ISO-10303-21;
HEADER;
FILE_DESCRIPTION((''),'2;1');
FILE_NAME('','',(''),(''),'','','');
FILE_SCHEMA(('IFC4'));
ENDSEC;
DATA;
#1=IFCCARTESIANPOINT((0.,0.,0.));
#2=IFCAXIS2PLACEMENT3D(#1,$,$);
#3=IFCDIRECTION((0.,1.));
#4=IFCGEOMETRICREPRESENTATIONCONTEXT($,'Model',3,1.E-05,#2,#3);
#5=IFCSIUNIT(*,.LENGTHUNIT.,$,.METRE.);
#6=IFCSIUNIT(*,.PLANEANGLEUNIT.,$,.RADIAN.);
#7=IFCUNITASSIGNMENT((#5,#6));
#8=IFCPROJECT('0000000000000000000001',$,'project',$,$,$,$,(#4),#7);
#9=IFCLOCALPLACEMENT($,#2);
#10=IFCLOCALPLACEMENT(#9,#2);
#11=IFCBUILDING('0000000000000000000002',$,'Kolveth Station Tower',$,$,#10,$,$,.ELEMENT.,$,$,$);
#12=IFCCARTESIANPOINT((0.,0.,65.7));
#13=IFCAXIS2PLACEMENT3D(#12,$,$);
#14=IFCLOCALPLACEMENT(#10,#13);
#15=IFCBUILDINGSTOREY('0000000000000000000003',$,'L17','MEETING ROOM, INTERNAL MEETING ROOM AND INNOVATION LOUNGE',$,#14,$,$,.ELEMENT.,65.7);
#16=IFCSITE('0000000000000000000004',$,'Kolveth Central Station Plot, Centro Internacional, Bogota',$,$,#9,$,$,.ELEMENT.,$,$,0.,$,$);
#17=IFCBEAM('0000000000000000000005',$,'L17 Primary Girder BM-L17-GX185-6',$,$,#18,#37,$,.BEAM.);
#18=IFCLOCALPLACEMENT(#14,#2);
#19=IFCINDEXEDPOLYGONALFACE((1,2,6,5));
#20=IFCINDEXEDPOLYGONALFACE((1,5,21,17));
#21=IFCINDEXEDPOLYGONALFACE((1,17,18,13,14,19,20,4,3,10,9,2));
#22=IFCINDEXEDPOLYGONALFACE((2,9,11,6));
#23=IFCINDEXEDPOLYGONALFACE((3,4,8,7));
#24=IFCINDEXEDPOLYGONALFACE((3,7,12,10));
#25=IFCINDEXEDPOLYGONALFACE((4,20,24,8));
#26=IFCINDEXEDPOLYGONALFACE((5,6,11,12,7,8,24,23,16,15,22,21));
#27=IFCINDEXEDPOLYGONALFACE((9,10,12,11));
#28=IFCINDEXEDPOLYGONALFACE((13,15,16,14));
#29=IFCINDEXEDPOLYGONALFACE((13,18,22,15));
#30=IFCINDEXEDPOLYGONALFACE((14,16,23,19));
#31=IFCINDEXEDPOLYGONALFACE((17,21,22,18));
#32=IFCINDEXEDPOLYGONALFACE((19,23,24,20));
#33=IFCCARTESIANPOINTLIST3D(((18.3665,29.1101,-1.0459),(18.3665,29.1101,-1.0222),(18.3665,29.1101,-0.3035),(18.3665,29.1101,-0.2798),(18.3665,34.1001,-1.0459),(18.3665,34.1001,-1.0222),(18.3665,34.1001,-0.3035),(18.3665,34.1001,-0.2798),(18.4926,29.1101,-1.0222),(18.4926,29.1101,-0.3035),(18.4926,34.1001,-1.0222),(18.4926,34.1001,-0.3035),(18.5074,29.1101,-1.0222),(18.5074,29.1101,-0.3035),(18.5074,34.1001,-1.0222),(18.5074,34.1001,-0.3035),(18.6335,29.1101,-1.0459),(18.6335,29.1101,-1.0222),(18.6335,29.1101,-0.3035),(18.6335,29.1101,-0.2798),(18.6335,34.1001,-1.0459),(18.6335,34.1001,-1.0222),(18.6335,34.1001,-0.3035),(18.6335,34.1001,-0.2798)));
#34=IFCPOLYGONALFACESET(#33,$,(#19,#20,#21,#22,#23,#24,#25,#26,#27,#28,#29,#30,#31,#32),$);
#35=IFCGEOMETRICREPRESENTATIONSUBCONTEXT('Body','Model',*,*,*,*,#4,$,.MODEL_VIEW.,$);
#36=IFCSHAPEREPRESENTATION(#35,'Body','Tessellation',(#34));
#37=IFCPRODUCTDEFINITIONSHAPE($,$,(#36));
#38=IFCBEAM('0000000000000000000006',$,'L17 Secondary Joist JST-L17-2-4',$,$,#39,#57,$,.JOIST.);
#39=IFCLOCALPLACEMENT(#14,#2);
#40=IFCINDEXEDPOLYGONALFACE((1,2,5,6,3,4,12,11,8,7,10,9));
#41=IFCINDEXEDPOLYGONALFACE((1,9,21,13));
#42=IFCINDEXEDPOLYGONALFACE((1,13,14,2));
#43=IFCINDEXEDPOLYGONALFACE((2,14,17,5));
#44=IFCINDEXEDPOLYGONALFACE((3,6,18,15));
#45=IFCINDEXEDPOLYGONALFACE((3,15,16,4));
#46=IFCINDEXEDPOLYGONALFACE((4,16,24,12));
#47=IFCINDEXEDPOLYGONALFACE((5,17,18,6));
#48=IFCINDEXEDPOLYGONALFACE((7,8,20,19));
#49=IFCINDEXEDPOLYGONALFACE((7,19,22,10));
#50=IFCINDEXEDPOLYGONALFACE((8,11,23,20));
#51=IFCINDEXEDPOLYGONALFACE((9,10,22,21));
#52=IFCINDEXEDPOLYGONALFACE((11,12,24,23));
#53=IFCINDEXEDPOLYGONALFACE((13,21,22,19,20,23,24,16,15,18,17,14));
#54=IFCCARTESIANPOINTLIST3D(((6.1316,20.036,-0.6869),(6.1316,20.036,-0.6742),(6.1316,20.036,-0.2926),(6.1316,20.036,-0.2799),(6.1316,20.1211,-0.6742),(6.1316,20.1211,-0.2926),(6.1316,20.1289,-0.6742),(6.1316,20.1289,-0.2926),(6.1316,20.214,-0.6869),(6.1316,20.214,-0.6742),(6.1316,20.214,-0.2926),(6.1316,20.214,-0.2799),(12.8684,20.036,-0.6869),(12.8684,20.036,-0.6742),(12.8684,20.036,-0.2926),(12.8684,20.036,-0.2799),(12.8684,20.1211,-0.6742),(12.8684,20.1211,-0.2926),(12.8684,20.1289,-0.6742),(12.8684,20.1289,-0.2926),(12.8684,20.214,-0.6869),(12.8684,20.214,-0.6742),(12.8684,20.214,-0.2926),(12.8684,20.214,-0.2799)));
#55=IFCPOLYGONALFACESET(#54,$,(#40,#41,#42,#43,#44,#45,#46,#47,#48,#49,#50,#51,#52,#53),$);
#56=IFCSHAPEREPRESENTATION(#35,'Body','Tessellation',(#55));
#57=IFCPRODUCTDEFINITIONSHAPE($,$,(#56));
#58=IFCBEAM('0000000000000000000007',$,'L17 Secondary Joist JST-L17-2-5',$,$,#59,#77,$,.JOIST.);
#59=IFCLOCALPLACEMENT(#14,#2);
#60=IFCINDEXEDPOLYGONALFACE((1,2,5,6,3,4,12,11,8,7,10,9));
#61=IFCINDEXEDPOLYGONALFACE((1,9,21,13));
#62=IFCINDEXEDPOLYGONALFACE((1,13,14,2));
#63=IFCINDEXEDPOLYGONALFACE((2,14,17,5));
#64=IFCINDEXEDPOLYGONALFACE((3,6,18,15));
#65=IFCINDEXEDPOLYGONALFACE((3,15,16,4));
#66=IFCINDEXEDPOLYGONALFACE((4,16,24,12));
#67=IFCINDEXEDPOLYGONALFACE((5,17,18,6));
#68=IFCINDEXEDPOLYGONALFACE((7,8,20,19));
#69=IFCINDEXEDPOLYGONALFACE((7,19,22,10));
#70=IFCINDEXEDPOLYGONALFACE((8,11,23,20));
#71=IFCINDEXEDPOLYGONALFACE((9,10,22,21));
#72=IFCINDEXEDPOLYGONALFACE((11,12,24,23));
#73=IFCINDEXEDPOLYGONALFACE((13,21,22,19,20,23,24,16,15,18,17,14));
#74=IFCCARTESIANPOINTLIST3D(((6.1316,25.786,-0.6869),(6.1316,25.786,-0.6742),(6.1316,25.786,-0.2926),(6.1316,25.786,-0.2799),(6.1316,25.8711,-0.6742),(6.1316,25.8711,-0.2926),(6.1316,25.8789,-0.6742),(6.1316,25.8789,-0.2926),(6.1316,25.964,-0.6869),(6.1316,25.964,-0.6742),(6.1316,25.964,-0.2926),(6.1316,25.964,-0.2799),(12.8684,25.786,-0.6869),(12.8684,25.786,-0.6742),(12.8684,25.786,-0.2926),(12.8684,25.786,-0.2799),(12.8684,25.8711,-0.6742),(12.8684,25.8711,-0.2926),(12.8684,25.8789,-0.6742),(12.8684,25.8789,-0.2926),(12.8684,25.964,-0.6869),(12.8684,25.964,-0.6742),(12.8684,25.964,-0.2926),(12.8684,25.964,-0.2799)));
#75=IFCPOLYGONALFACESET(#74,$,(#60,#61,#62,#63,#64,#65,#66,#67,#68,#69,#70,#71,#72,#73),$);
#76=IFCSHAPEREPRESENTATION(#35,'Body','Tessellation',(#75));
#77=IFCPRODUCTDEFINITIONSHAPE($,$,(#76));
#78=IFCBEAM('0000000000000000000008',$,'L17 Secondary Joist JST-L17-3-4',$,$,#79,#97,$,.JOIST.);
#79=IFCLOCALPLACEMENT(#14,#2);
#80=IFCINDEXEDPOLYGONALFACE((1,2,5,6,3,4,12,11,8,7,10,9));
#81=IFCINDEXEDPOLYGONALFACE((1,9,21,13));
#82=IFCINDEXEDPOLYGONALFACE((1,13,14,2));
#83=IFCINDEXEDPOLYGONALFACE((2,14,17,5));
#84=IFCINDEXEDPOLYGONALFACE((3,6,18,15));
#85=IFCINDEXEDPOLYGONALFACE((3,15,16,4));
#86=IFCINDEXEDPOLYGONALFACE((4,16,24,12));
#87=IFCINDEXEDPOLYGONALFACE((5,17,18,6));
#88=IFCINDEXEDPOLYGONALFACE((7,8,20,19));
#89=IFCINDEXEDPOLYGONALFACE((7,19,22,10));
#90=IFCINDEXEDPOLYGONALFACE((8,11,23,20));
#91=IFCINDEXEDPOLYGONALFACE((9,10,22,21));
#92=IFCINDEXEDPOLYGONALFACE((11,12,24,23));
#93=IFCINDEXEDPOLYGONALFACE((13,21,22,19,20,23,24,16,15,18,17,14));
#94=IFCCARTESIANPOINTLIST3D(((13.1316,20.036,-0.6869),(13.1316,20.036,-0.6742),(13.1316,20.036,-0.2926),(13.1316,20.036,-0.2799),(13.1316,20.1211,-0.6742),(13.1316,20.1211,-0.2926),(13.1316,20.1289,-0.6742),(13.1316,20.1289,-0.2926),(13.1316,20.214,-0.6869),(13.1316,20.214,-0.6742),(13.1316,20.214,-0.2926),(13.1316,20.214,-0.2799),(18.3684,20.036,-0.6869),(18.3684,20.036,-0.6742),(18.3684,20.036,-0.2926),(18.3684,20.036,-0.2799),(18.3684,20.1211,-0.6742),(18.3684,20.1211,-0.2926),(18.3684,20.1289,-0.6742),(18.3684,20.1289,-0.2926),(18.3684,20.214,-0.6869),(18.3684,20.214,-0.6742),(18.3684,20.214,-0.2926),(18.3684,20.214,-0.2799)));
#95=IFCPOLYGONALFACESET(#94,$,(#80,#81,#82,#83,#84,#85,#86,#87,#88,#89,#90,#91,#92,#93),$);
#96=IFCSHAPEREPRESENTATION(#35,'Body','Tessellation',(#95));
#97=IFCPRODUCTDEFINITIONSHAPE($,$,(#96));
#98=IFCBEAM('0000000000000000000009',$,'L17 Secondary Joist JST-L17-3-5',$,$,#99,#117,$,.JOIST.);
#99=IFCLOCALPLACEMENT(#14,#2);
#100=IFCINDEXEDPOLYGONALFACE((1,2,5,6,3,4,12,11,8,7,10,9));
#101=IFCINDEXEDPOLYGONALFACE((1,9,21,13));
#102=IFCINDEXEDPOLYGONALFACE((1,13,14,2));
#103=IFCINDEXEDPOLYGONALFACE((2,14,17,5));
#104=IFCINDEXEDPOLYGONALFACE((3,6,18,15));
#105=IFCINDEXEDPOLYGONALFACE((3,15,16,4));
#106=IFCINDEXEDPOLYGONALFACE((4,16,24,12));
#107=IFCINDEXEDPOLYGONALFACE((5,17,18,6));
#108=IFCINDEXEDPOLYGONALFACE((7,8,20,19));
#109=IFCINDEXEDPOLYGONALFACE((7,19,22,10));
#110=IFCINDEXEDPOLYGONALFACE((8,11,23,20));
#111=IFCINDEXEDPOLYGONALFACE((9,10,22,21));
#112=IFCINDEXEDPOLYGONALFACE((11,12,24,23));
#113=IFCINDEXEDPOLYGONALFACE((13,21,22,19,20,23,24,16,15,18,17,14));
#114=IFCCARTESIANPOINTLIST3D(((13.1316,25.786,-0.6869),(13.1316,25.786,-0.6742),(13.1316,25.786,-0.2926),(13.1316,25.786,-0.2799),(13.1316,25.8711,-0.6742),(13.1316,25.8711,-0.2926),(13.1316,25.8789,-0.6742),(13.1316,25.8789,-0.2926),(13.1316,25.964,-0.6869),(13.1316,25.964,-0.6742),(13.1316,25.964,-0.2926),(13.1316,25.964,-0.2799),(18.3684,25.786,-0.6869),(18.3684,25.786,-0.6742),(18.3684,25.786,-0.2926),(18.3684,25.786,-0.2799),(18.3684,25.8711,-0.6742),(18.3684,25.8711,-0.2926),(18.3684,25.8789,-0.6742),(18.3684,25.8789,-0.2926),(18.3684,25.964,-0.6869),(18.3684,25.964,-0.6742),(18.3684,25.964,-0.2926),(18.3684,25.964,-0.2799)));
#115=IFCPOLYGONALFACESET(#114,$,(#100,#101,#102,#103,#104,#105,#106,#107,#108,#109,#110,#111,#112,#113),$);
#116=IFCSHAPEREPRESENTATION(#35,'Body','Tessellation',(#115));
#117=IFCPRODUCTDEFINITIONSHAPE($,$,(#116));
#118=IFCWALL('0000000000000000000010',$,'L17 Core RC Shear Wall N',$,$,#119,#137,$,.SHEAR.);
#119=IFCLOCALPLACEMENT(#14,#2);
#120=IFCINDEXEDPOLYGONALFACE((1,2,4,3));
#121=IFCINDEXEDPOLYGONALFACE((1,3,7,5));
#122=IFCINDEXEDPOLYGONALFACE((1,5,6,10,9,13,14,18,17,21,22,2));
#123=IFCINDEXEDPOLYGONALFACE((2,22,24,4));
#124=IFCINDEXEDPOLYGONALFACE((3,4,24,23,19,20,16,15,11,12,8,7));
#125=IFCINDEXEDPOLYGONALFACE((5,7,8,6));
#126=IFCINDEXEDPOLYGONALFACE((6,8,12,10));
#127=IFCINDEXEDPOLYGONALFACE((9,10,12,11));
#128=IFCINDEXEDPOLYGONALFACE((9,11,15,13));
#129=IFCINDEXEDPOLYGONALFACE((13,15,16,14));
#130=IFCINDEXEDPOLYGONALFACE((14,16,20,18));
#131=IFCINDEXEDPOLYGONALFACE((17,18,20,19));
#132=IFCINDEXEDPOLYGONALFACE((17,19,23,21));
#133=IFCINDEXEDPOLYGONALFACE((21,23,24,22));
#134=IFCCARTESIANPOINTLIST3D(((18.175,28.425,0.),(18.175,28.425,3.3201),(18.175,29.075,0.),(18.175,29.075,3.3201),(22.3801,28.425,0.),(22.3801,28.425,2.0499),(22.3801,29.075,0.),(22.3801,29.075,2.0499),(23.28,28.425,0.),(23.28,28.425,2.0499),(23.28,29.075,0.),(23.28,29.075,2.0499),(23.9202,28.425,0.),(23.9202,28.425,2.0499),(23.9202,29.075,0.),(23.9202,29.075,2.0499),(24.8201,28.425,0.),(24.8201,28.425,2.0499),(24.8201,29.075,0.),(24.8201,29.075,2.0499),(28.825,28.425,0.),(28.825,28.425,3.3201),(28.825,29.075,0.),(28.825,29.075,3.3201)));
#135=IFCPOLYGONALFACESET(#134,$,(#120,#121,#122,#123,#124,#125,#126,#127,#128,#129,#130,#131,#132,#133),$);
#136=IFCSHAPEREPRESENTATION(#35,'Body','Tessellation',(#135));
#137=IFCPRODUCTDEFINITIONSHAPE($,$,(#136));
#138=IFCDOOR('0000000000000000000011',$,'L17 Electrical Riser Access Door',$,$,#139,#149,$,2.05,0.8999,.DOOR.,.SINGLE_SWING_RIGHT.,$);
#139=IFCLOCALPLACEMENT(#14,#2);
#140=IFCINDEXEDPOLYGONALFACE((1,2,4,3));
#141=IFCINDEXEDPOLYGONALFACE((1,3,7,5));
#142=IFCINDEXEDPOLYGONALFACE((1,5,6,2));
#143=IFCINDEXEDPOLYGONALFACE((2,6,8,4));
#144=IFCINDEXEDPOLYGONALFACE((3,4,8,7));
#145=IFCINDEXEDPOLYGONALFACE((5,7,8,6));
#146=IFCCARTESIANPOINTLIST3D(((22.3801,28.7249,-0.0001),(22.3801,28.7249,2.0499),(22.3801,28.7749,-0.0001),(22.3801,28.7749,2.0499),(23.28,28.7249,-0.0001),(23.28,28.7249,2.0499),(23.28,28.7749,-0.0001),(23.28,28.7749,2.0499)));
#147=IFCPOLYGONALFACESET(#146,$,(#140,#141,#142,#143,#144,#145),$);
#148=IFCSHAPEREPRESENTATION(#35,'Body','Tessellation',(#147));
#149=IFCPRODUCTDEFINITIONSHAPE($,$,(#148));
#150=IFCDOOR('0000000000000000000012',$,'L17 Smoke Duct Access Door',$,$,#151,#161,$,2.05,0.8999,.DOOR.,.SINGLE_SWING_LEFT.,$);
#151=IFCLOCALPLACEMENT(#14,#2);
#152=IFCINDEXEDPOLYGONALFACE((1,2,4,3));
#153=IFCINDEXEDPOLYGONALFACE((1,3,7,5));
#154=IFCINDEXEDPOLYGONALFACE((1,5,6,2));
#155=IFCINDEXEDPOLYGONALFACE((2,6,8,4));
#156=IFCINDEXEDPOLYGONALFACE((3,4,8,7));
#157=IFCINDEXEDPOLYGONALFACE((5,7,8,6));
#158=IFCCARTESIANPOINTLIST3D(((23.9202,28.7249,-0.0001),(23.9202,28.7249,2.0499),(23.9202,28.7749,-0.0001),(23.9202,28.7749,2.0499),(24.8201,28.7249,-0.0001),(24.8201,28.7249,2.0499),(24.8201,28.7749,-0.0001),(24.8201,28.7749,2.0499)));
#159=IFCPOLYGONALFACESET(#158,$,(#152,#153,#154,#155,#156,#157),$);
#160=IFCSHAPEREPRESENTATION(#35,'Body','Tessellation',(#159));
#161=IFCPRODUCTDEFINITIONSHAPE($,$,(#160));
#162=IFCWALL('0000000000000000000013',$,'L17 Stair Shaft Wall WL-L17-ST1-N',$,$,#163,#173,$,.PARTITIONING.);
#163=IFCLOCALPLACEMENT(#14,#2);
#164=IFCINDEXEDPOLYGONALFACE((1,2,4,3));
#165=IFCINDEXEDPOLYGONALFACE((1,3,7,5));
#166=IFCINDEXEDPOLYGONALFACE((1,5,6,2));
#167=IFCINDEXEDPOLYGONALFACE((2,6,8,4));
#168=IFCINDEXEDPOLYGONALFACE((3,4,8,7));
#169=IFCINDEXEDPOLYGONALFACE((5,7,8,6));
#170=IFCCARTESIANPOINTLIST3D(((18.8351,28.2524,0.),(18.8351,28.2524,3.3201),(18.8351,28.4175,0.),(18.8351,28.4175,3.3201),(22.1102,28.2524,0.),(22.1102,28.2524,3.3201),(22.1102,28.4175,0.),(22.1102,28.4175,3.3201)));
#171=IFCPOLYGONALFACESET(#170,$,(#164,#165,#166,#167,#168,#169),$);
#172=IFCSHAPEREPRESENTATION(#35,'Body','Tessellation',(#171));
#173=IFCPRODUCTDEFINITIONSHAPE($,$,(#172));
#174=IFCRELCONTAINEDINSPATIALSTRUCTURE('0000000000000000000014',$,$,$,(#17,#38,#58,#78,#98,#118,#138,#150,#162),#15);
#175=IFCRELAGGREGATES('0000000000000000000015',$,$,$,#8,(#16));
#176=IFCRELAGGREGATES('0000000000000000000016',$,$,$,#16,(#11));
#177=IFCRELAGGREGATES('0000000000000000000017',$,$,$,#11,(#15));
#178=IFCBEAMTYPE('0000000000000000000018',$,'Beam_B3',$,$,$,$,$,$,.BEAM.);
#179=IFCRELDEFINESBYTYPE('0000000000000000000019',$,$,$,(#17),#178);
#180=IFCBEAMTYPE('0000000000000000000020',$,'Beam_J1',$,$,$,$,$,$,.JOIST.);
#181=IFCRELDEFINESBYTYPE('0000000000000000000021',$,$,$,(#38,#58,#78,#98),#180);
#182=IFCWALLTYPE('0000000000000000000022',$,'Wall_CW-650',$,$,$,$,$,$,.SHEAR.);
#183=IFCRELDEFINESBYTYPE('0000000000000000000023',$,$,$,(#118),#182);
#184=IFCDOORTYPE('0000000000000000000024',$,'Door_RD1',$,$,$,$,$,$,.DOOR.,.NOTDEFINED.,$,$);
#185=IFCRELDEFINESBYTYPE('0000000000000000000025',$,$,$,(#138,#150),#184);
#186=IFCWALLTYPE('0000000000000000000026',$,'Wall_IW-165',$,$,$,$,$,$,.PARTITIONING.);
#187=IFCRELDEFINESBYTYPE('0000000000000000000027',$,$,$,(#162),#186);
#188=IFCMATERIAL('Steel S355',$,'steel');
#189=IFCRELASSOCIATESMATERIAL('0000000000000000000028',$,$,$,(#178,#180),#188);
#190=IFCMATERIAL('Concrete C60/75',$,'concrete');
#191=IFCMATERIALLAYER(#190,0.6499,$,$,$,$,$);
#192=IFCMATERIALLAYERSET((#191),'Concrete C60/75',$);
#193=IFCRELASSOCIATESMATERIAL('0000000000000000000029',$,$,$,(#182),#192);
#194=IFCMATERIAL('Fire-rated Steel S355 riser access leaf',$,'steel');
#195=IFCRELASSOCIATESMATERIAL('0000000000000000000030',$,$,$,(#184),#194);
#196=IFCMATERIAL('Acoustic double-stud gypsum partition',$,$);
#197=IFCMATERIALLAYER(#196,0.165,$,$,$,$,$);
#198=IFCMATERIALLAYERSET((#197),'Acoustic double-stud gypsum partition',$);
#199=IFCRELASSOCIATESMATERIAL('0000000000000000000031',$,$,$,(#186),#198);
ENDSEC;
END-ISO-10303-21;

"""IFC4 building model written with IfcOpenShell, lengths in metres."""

from ifc_helpers import new_model, si_unit, direction, frame, frame_2d, origin, origin_2d, place, context, subcontext, project, spatial, rectangle, i_section, extrude, source, transform, mapped, material, layer, layer_set, material_profile, profile_set, type_object, element, fill, save


model = new_model("IFC4")

# Units and contexts
model_context = context("Model", 3, precision=1e-05, world=origin(), true_north=direction((0.0, 1.0)))
body_context = subcontext(model_context, "Body", "Model", "MODEL_VIEW")
ifc_project = project(units=[si_unit("LENGTHUNIT", "METRE"), si_unit("PLANEANGLEUNIT", "RADIAN")], contexts=[model_context])

# Site, building, storey
site_placement = place(None, origin())
site = spatial("IfcSite", under=ifc_project, at=site_placement, Name="Kolveth Central Station Plot, Centro Internacional, Bogota", CompositionType="ELEMENT", RefElevation=0.0)
building_placement = place(site_placement, origin())
building = spatial("IfcBuilding", under=site, at=building_placement, Name="Kolveth Station Tower", CompositionType="ELEMENT")
storey_placement = place(building_placement, frame((0.0, 0.0, 65.7)))
storey = spatial("IfcBuildingStorey", under=building, at=storey_placement, Name="L17", Description="MEETING ROOM, INTERNAL MEETING ROOM AND INNOVATION LOUNGE", CompositionType="ELEMENT", Elevation=65.7)

# Beams
ifc_material_1 = material(Name="Steel S355", Category="steel")
ifc_material_profile_1 = material_profile(ifc_material_1, i_section(OverallWidth=0.2671, OverallDepth=0.7661, WebThickness=0.0149, FlangeThickness=0.0237, at=origin_2d()), Name="W760x185")
ifc_profile_set_1 = profile_set([ifc_material_profile_1], Name="Steel S355")
beam_type_1 = type_object("IfcBeamType", Name="Beam_B3", PredefinedType="BEAM", material=ifc_profile_set_1)
shared_shape_1 = source(origin(), body_context, "Body", "SweptSolid", [
    extrude(i_section(OverallWidth=0.2671, OverallDepth=0.7661, WebThickness=0.0149, FlangeThickness=0.0237, at=origin_2d()), origin(), (0.0, 0.0, 1.0), 4.99),
])
beam_1_placement = place(storey_placement, frame((18.5, 29.1101, -0.6628), z_axis=(0.0, 1.0, 0.0), x_axis=(-1.0, 0.0, 0.0)))
element("IfcBeam", 1, at=beam_1_placement, inside=storey, type_object=beam_type_1, Name="L17 Primary Girder BM-L17-GX185-6", PredefinedType="BEAM", context=body_context, shape_type="MappedRepresentation", body=[
    mapped(shared_shape_1, transform((0.0, 0.0, 0.0), x_axis=(1.0, 0.0, 0.0), y_axis=(0.0, 1.0, 0.0), z_axis=(0.0, 0.0, 1.0), scale=1.0)),
])
ifc_material_profile_2 = material_profile(ifc_material_1, i_section(OverallWidth=0.178, OverallDepth=0.407, WebThickness=0.0078, FlangeThickness=0.0127, at=origin_2d()), Name="W410x60")
ifc_profile_set_2 = profile_set([ifc_material_profile_2], Name="Steel S355")
beam_type_2 = type_object("IfcBeamType", Name="Beam_J1", PredefinedType="JOIST", material=ifc_profile_set_2)
shared_shape_2 = source(origin(), body_context, "Body", "SweptSolid", [
    extrude(i_section(OverallWidth=0.178, OverallDepth=0.407, WebThickness=0.0078, FlangeThickness=0.0127, at=origin_2d()), origin(), (0.0, 0.0, 1.0), 6.7368),
])
for number, where, z_axis, x_axis, name in (
    (2, (6.1316, 20.125, -0.4834), (1.0, 0.0, 0.0), (0.0, 1.0, 0.0), "L17 Secondary Joist JST-L17-2-4"),
    (3, (6.1316, 25.875, -0.4834), (1.0, 0.0, 0.0), (0.0, 1.0, 0.0), "L17 Secondary Joist JST-L17-2-5"),
):
    element("IfcBeam", number, at=place(storey_placement, frame(where, z_axis=z_axis, x_axis=x_axis)), inside=storey, type_object=beam_type_2, Name=name, PredefinedType="JOIST", context=body_context, shape_type="MappedRepresentation", body=[
        mapped(shared_shape_2, transform((0.0, 0.0, 0.0), x_axis=(1.0, 0.0, 0.0), y_axis=(0.0, 1.0, 0.0), z_axis=(0.0, 0.0, 1.0), scale=1.0)),
    ])
shared_shape_3 = source(origin(), body_context, "Body", "SweptSolid", [
    extrude(i_section(OverallWidth=0.178, OverallDepth=0.407, WebThickness=0.0078, FlangeThickness=0.0127, at=origin_2d()), origin(), (0.0, 0.0, 1.0), 5.2368),
])
for number, where, z_axis, x_axis, name in (
    (4, (13.1316, 20.125, -0.4834), (1.0, 0.0, 0.0), (0.0, 1.0, 0.0), "L17 Secondary Joist JST-L17-3-4"),
    (5, (13.1316, 25.875, -0.4834), (1.0, 0.0, 0.0), (0.0, 1.0, 0.0), "L17 Secondary Joist JST-L17-3-5"),
):
    element("IfcBeam", number, at=place(storey_placement, frame(where, z_axis=z_axis, x_axis=x_axis)), inside=storey, type_object=beam_type_2, Name=name, PredefinedType="JOIST", context=body_context, shape_type="MappedRepresentation", body=[
        mapped(shared_shape_3, transform((0.0, 0.0, 0.0), x_axis=(1.0, 0.0, 0.0), y_axis=(0.0, 1.0, 0.0), z_axis=(0.0, 0.0, 1.0), scale=1.0)),
    ])

# Wall, openings, doors
ifc_material_2 = material(Name="Concrete C60/75", Category="concrete")
ifc_layer_1 = layer(ifc_material_2, 0.6499)
ifc_layer_set_1 = layer_set([ifc_layer_1], Name="Concrete C60/75")
wall_type_1 = type_object("IfcWallType", Name="Wall_CW-650", PredefinedType="SHEAR", material=ifc_layer_set_1)
wall_1_placement = place(storey_placement, frame((18.175, 28.75, 0.0), z_axis=(0.0, 0.0, 1.0), x_axis=(1.0, 0.0, 0.0)))
wall_1 = element("IfcWall", 6, at=wall_1_placement, inside=storey, type_object=wall_type_1, Name="L17 Core RC Shear Wall N", PredefinedType="SHEAR", context=body_context, shape_type="SweptSolid", body=[
    extrude(rectangle(XDim=10.6499, YDim=0.6499, at=frame_2d((5.325, 0.0))), origin(), (0.0, 0.0, 1.0), 3.3201),
])
opening_1_placement = place(wall_1_placement, frame((4.2051, 0.0, 0.0)))
opening_1 = element("IfcOpeningElement", 7, at=opening_1_placement, cuts=wall_1, PredefinedType="OPENING", context=body_context, shape_type="SweptSolid", body=[
    extrude(rectangle(XDim=0.8999, YDim=2.05, at=frame_2d((0.45, 1.0249))), frame((0.0, 0.335, 0.0), z_axis=(0.0, -1.0, 0.0), x_axis=(1.0, 0.0, 0.0)), (0.0, 0.0, 1.0), 0.6699),
])
opening_2_placement = place(wall_1_placement, frame((5.7451, 0.0, 0.0)))
opening_2 = element("IfcOpeningElement", 8, at=opening_2_placement, cuts=wall_1, PredefinedType="OPENING", context=body_context, shape_type="SweptSolid", body=[
    extrude(rectangle(XDim=0.8999, YDim=2.05, at=frame_2d((0.45, 1.0249))), frame((0.0, 0.335, 0.0), z_axis=(0.0, -1.0, 0.0), x_axis=(1.0, 0.0, 0.0)), (0.0, 0.0, 1.0), 0.6699),
])
ifc_material_3 = material(Name="Fire-rated Steel S355 riser access leaf", Category="steel")
door_type_1 = type_object("IfcDoorType", Name="Door_RD1", OperationType="NOTDEFINED", PredefinedType="DOOR", material=ifc_material_3)
door_1_placement = place(opening_1_placement, origin())
door_1 = element("IfcDoor", 9, at=door_1_placement, inside=storey, type_object=door_type_1, Name="L17 Electrical Riser Access Door", OperationType="SINGLE_SWING_RIGHT", OverallHeight=2.05, OverallWidth=0.8999, PredefinedType="DOOR", context=body_context, shape_type="SweptSolid", body=[
    extrude(rectangle(XDim=0.8999, YDim=2.05, at=frame_2d((0.45, 1.0249))), frame((0.0, 0.0249, 0.0), z_axis=(0.0, -1.0, 0.0), x_axis=(1.0, 0.0, 0.0)), (0.0, 0.0, 1.0), 0.05),
])
fill(opening_1, door_1)
door_2_placement = place(opening_2_placement, origin())
door_2 = element("IfcDoor", 10, at=door_2_placement, inside=storey, type_object=door_type_1, Name="L17 Smoke Duct Access Door", OperationType="SINGLE_SWING_LEFT", OverallHeight=2.05, OverallWidth=0.8999, PredefinedType="DOOR", context=body_context, shape_type="SweptSolid", body=[
    extrude(rectangle(XDim=0.8999, YDim=2.05, at=frame_2d((0.45, 1.0249))), frame((0.0, 0.0249, 0.0), z_axis=(0.0, -1.0, 0.0), x_axis=(1.0, 0.0, 0.0)), (0.0, 0.0, 1.0), 0.05),
])
fill(opening_2, door_2)

# Wall
ifc_material_4 = material(Name="Acoustic double-stud gypsum partition")
ifc_layer_2 = layer(ifc_material_4, 0.165)
ifc_layer_set_2 = layer_set([ifc_layer_2], Name="Acoustic double-stud gypsum partition")
wall_type_2 = type_object("IfcWallType", Name="Wall_IW-165", PredefinedType="PARTITIONING", material=ifc_layer_set_2)
wall_2_placement = place(storey_placement, frame((18.835, 28.335, 0.0), z_axis=(0.0, 0.0, 1.0), x_axis=(1.0, 0.0, 0.0)))
element("IfcWall", 11, at=wall_2_placement, inside=storey, type_object=wall_type_2, Name="L17 Stair Shaft Wall WL-L17-ST1-N", PredefinedType="PARTITIONING", context=body_context, shape_type="SweptSolid", body=[
    extrude(rectangle(XDim=3.2751, YDim=0.165, at=frame_2d((1.6377, 0.0))), origin(), (0.0, 0.0, 1.0), 3.3201),
])

save(model, "model.ifc")
